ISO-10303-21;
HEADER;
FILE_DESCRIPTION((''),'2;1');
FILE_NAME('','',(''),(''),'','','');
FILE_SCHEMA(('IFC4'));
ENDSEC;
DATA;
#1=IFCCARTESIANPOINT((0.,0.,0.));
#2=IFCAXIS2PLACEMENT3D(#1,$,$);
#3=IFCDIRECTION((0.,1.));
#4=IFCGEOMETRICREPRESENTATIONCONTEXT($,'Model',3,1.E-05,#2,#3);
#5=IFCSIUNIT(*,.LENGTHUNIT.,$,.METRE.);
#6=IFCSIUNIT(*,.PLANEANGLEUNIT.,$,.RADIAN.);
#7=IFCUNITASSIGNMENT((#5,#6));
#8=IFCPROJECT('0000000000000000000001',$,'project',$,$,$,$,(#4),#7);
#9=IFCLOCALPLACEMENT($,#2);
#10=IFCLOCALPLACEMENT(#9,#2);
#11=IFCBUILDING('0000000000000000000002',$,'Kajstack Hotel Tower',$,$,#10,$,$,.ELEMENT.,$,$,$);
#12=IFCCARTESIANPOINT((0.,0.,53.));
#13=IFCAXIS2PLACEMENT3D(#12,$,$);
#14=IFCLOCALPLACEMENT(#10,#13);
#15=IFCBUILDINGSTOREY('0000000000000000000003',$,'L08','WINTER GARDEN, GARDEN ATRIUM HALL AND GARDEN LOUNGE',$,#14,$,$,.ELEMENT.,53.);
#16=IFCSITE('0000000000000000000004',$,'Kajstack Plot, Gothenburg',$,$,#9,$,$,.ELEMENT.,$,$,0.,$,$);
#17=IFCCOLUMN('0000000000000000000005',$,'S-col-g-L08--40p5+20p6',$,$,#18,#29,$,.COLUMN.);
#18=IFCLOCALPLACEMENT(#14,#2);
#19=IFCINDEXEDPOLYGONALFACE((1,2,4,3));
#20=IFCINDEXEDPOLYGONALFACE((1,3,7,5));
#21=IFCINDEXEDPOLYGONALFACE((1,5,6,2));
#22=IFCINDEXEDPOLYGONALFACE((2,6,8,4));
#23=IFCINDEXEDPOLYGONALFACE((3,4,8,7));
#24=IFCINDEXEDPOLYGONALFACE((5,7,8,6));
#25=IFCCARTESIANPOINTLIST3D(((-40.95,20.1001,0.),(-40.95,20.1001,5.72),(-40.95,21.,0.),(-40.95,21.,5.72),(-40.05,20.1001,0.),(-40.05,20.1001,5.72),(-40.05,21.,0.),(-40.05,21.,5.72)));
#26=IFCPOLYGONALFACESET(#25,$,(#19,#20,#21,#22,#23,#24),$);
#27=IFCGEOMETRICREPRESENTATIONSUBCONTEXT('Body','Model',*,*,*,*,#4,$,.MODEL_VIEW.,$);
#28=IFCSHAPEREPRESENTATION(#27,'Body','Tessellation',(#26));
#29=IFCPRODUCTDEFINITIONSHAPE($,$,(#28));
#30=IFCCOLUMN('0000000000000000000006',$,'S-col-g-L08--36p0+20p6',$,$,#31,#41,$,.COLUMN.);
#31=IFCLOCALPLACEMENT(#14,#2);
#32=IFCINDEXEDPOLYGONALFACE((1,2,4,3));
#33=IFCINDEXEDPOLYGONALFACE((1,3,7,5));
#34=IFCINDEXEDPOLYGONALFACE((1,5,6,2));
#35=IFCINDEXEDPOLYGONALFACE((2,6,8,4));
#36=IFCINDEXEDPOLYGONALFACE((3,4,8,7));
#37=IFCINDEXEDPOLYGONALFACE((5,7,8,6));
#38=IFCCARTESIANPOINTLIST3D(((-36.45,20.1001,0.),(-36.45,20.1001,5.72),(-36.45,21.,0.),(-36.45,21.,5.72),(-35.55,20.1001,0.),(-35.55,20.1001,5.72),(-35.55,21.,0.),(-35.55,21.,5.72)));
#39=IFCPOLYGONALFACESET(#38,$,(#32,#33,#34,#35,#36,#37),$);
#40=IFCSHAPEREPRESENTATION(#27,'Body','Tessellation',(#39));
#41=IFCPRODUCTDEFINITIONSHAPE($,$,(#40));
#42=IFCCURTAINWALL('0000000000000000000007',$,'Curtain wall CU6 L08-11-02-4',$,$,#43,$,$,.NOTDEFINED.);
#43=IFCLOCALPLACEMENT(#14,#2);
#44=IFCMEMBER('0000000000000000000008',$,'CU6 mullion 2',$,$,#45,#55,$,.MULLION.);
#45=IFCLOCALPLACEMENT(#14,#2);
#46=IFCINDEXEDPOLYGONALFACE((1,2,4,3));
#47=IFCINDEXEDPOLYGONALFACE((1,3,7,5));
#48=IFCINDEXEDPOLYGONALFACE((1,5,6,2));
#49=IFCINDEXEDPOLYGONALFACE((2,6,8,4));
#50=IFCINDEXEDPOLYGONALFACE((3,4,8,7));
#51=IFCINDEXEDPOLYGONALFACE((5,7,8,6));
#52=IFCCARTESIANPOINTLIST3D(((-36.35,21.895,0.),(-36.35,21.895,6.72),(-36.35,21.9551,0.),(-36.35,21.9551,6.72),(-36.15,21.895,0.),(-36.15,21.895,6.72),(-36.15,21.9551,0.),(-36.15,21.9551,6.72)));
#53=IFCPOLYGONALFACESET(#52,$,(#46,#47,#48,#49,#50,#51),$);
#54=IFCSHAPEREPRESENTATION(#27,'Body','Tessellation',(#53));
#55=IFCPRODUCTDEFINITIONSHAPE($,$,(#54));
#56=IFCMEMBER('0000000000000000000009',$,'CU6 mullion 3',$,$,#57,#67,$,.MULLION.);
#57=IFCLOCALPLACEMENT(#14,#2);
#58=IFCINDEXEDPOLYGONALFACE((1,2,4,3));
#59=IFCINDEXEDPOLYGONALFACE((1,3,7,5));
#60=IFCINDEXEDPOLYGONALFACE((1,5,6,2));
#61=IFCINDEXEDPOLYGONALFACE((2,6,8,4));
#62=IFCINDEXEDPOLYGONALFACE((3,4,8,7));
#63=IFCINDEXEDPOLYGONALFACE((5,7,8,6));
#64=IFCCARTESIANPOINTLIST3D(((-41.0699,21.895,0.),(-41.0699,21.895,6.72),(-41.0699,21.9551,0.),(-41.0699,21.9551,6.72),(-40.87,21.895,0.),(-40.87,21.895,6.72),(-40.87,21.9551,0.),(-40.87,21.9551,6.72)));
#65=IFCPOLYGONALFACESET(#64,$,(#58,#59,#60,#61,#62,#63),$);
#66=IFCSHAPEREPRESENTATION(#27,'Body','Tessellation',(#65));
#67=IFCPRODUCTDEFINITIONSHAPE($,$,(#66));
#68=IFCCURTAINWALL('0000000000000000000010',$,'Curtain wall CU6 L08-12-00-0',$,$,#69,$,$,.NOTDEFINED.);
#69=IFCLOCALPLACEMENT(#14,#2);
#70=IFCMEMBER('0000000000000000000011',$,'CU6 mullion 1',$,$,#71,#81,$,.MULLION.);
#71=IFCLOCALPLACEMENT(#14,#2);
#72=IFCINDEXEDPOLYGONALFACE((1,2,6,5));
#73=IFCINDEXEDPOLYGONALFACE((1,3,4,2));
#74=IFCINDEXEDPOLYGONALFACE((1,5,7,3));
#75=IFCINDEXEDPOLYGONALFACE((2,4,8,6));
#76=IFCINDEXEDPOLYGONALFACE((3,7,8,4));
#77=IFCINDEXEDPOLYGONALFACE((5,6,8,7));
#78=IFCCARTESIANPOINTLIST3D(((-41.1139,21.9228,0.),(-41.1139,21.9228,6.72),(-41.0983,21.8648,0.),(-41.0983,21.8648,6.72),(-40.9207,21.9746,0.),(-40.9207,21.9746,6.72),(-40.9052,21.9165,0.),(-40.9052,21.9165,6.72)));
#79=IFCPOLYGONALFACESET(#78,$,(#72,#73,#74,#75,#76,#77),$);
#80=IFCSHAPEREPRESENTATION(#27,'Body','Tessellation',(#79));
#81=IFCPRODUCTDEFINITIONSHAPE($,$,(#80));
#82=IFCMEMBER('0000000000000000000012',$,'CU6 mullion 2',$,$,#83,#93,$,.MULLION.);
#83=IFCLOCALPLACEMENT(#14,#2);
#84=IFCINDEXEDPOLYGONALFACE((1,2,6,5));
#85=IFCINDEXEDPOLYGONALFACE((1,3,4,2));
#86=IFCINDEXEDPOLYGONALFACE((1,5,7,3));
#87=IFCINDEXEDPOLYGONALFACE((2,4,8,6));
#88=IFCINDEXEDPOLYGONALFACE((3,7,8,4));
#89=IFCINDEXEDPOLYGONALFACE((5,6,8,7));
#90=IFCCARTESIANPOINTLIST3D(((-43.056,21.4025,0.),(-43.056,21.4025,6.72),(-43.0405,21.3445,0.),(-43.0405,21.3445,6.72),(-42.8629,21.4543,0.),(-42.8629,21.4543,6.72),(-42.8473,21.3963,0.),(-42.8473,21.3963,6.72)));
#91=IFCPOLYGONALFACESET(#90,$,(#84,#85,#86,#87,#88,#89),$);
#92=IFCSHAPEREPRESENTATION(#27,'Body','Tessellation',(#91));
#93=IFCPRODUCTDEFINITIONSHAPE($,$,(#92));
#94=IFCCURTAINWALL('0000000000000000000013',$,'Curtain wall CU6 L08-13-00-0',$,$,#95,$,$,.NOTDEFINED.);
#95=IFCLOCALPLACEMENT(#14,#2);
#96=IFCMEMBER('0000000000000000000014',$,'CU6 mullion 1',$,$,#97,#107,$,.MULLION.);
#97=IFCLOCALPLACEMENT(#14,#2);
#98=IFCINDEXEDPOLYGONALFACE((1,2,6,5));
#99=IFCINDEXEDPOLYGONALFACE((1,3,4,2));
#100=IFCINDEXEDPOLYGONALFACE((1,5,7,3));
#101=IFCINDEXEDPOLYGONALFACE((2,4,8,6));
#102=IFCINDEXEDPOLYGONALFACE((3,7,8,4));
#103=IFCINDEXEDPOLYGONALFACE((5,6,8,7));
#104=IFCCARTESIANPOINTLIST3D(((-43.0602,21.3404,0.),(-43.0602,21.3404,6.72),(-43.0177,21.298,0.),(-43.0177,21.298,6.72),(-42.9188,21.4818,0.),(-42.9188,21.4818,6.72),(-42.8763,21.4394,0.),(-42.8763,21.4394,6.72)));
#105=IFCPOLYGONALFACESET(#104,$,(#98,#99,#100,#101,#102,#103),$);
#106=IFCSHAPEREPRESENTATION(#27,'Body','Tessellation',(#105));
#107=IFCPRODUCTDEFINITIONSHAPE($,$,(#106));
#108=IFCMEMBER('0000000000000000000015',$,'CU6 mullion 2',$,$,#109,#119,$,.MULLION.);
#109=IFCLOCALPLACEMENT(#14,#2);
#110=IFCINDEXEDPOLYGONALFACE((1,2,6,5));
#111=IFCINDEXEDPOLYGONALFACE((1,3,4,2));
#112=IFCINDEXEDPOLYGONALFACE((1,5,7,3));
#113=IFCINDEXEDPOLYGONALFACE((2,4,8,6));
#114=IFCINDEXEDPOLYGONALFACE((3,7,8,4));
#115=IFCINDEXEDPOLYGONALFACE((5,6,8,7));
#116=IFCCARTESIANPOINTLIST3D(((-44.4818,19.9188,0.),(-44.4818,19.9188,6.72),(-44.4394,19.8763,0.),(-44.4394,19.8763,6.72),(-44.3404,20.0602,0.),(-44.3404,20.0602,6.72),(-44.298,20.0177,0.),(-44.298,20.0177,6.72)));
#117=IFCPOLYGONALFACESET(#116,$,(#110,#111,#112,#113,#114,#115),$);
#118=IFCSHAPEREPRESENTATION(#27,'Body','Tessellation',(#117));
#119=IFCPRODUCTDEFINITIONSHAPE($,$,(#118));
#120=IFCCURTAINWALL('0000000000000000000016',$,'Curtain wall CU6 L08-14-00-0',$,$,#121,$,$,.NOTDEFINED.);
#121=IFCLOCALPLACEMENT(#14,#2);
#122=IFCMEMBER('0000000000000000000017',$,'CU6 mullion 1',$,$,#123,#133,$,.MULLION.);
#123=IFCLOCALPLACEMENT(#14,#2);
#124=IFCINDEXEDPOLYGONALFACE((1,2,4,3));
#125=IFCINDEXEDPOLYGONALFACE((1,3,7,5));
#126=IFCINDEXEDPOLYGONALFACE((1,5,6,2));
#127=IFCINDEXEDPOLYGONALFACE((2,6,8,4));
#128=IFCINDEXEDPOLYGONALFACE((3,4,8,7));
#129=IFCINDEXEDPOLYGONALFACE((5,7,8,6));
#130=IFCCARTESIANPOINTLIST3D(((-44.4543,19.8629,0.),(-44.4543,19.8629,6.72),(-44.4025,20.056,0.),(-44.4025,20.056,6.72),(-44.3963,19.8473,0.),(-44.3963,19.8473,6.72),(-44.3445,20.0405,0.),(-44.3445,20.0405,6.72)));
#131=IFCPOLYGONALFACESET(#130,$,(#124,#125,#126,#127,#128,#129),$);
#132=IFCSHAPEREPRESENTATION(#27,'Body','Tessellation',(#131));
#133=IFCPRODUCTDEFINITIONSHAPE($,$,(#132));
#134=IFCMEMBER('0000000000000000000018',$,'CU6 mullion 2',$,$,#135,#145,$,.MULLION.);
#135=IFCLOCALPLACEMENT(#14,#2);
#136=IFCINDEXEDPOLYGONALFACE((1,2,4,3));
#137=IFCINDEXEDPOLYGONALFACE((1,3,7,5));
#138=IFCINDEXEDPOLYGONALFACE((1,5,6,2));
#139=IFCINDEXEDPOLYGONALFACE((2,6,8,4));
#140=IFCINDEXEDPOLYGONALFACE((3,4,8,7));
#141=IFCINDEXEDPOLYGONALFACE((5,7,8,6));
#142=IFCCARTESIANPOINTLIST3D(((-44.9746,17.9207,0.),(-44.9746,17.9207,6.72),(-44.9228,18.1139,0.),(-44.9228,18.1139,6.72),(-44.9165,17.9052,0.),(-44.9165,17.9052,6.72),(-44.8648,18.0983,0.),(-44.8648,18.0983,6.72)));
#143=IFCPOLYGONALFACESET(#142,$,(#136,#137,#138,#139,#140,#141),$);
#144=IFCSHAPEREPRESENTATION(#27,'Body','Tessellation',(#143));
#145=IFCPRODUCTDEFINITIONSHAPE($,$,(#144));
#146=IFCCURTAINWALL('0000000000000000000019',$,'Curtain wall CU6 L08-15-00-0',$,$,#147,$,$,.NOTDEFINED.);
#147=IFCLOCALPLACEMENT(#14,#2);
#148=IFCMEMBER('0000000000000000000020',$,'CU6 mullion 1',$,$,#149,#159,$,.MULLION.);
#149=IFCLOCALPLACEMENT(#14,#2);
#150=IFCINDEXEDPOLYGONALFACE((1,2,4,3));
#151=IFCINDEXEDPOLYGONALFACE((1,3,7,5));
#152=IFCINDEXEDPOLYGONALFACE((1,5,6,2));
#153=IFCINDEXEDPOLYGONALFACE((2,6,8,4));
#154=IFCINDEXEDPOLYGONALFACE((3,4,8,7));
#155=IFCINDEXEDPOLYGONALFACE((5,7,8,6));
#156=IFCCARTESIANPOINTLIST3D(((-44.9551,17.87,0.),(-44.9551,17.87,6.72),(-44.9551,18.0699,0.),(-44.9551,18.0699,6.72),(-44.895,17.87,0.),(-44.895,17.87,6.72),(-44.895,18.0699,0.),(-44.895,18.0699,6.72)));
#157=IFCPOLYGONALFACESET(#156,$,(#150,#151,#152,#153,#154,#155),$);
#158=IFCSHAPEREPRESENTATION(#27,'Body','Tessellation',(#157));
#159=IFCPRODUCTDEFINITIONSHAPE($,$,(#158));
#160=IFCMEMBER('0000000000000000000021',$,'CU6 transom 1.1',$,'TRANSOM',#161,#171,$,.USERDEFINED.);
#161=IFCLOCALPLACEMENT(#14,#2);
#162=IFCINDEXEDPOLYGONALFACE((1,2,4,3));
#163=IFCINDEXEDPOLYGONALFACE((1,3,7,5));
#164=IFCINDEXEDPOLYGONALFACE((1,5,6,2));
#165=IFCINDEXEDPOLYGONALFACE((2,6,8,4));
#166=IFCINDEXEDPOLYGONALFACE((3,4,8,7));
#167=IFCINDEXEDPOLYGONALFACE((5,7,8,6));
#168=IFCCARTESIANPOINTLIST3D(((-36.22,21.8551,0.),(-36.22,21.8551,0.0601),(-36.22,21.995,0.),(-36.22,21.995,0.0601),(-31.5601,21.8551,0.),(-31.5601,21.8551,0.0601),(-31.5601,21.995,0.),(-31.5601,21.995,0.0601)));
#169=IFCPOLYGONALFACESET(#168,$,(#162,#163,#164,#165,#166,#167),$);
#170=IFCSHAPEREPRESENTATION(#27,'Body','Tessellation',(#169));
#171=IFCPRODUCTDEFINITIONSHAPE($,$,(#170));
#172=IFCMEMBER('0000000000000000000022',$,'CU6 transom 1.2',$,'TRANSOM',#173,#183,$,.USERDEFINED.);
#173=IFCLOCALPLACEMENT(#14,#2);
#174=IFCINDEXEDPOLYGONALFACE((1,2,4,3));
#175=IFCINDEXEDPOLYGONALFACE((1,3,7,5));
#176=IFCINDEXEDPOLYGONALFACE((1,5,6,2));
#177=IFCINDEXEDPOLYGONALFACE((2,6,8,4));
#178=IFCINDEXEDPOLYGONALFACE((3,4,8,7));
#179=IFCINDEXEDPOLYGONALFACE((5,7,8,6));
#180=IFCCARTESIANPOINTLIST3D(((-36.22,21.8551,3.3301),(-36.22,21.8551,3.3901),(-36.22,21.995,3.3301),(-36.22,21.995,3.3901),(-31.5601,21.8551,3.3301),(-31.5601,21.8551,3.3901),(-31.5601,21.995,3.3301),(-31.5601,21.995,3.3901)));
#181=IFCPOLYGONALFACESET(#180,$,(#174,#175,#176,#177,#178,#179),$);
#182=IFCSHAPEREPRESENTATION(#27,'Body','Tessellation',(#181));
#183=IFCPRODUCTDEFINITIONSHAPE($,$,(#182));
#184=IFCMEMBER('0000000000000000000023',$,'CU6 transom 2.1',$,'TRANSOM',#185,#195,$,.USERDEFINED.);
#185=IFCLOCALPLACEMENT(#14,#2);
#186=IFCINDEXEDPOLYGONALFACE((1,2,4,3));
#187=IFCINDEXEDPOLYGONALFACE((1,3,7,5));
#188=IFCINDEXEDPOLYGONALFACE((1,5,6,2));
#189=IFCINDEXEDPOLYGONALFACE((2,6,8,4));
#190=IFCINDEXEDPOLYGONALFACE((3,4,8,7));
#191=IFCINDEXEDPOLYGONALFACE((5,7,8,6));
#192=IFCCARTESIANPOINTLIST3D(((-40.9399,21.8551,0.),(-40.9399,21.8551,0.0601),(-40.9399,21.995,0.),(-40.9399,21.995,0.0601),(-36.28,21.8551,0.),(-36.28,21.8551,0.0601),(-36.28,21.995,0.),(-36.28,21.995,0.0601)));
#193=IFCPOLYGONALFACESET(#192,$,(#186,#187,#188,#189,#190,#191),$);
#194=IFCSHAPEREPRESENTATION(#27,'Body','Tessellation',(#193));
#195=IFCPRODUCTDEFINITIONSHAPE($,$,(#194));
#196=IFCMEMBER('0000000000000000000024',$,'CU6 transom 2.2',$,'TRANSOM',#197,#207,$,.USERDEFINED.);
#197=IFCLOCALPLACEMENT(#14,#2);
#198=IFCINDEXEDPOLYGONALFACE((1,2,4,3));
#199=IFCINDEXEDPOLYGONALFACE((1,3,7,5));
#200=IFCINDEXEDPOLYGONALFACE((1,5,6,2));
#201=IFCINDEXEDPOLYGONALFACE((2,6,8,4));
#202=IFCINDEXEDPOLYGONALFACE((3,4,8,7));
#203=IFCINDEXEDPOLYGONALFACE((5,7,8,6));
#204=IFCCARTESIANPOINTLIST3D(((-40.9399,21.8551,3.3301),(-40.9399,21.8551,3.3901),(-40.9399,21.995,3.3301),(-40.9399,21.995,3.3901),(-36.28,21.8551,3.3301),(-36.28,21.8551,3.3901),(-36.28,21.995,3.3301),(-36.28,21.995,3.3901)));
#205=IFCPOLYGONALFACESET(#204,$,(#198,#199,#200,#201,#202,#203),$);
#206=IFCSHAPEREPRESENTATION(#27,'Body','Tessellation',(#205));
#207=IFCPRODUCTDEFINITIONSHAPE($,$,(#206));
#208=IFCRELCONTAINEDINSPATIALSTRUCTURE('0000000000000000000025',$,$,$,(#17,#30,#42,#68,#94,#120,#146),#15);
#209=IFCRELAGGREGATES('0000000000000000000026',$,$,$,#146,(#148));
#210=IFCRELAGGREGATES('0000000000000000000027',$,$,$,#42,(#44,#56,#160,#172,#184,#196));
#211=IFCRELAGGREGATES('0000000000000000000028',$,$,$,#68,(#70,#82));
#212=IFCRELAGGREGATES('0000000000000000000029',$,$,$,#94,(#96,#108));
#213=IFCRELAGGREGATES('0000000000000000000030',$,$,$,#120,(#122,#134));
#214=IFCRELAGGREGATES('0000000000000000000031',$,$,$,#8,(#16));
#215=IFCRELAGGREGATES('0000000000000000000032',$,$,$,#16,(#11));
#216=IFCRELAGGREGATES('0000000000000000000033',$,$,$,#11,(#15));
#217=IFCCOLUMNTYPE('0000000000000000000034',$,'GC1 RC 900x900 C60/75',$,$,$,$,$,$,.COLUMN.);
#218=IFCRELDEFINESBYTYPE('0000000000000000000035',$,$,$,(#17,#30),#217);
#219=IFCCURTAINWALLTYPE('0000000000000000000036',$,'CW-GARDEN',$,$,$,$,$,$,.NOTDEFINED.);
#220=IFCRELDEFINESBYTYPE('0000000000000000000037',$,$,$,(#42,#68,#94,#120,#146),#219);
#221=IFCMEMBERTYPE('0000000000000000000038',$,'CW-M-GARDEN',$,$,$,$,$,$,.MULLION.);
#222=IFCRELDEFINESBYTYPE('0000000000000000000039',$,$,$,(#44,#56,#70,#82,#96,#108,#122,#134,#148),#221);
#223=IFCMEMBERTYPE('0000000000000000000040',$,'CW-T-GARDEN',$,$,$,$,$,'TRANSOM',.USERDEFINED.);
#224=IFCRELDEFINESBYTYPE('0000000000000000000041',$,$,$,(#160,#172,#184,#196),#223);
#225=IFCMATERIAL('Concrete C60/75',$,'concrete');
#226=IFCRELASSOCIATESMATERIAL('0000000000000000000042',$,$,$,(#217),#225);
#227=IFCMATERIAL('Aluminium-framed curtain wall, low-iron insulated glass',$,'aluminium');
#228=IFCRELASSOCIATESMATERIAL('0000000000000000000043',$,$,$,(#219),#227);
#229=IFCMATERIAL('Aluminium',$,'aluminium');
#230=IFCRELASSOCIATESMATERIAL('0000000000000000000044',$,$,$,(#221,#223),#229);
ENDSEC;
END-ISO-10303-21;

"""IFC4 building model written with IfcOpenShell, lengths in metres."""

from ifc_helpers import new_model, si_unit, direction, frame, origin, origin_2d, place, context, subcontext, project, spatial, rectangle, extrude, material, material_profile, profile_set, type_object, element, aggregate, save


model = new_model("IFC4")

# Units and contexts
model_context = context("Model", 3, precision=1e-05, world=origin(), true_north=direction((0.0, 1.0)))
body_context = subcontext(model_context, "Body", "Model", "MODEL_VIEW")
ifc_project = project(units=[si_unit("LENGTHUNIT", "METRE"), si_unit("PLANEANGLEUNIT", "RADIAN")], contexts=[model_context])

# Site, building, storey
site_placement = place(None, origin())
site = spatial("IfcSite", under=ifc_project, at=site_placement, Name="Kajstack Plot, Gothenburg", CompositionType="ELEMENT", RefElevation=0.0)
building_placement = place(site_placement, origin())
building = spatial("IfcBuilding", under=site, at=building_placement, Name="Kajstack Hotel Tower", CompositionType="ELEMENT")
storey_placement = place(building_placement, frame((0.0, 0.0, 53.0)))
storey = spatial("IfcBuildingStorey", under=building, at=storey_placement, Name="L08", Description="WINTER GARDEN, GARDEN ATRIUM HALL AND GARDEN LOUNGE", CompositionType="ELEMENT", Elevation=53.0)

# Columns
ifc_material_1 = material(Name="Concrete C60/75", Category="concrete")
ifc_material_profile_1 = material_profile(ifc_material_1, rectangle(XDim=0.8999, YDim=0.8999, at=origin_2d()), Name="RC 900x900")
ifc_profile_set_1 = profile_set([ifc_material_profile_1], Name="Concrete C60/75")
column_type = type_object("IfcColumnType", Name="GC1 RC 900x900 C60/75", PredefinedType="COLUMN", material=ifc_profile_set_1)
for number, where, z_axis, x_axis, name in (
    (1, (-40.5, 20.55, 0.0), (0.0, 0.0, 1.0), (1.0, 0.0, 0.0), "S-col-g-L08--40p5+20p6"),
    (2, (-36.0, 20.55, 0.0), (0.0, 0.0, 1.0), (1.0, 0.0, 0.0), "S-col-g-L08--36p0+20p6"),
):
    element("IfcColumn", number, at=place(storey_placement, frame(where, z_axis=z_axis, x_axis=x_axis)), inside=storey, type_object=column_type, Name=name, PredefinedType="COLUMN", context=body_context, shape_type="SweptSolid", body=[
        extrude(rectangle(XDim=0.8999, YDim=0.8999, at=origin_2d()), origin(), (0.0, 0.0, 1.0), 5.72),
    ])

# Curtain walls, members
ifc_material_2 = material(Name="Aluminium-framed curtain wall, low-iron insulated glass", Category="aluminium")
curtain_wall_type = type_object("IfcCurtainWallType", Name="CW-GARDEN", PredefinedType="NOTDEFINED", material=ifc_material_2)
curtain_wall_1_placement = place(storey_placement, origin())
curtain_wall_1 = element("IfcCurtainWall", 3, at=curtain_wall_1_placement, inside=storey, type_object=curtain_wall_type, Name="Curtain wall CU6 L08-11-02-4", PredefinedType="NOTDEFINED")
ifc_material_3 = material(Name="Aluminium", Category="aluminium")
ifc_material_profile_2 = material_profile(ifc_material_3, rectangle(XDim=0.0601, YDim=0.2, at=origin_2d()), Name="Aluminium mullion 60 x 200")
ifc_profile_set_2 = profile_set([ifc_material_profile_2], Name="Aluminium")
member_type_1 = type_object("IfcMemberType", Name="CW-M-GARDEN", PredefinedType="MULLION", material=ifc_profile_set_2)
member_1_placement = place(storey_placement, frame((-36.25, 21.925, 0.0), z_axis=(0.0, 0.0, 1.0), x_axis=(0.0, -1.0, 0.0)))
member_1 = element("IfcMember", 4, at=member_1_placement, type_object=member_type_1, Name="CU6 mullion 2", PredefinedType="MULLION", context=body_context, shape_type="SweptSolid", body=[
    extrude(rectangle(XDim=0.0601, YDim=0.2, at=origin_2d()), origin(), (0.0, 0.0, 1.0), 6.72),
])
member_2_placement = place(storey_placement, frame((-40.97, 21.925, 0.0), z_axis=(0.0, 0.0, 1.0), x_axis=(0.0, -1.0, 0.0)))
member_2 = element("IfcMember", 5, at=member_2_placement, type_object=member_type_1, Name="CU6 mullion 3", PredefinedType="MULLION", context=body_context, shape_type="SweptSolid", body=[
    extrude(rectangle(XDim=0.0601, YDim=0.2, at=origin_2d()), origin(), (0.0, 0.0, 1.0), 6.72),
])
curtain_wall_2_placement = place(storey_placement, origin())
curtain_wall_2 = element("IfcCurtainWall", 6, at=curtain_wall_2_placement, inside=storey, type_object=curtain_wall_type, Name="Curtain wall CU6 L08-12-00-0", PredefinedType="NOTDEFINED")
member_3_placement = place(storey_placement, frame((-41.0095, 21.9197, 0.0), z_axis=(0.0, 0.0, 1.0), x_axis=(0.25882, -0.965926, 0.0)))
member_3 = element("IfcMember", 7, at=member_3_placement, type_object=member_type_1, Name="CU6 mullion 1", PredefinedType="MULLION", context=body_context, shape_type="SweptSolid", body=[
    extrude(rectangle(XDim=0.0601, YDim=0.2, at=origin_2d()), origin(), (0.0, 0.0, 1.0), 6.72),
])
member_4_placement = place(storey_placement, frame((-42.9517, 21.3994, 0.0), z_axis=(0.0, 0.0, 1.0), x_axis=(0.25882, -0.965926, 0.0)))
member_4 = element("IfcMember", 8, at=member_4_placement, type_object=member_type_1, Name="CU6 mullion 2", PredefinedType="MULLION", context=body_context, shape_type="SweptSolid", body=[
    extrude(rectangle(XDim=0.0601, YDim=0.2, at=origin_2d()), origin(), (0.0, 0.0, 1.0), 6.72),
])
curtain_wall_3_placement = place(storey_placement, origin())
curtain_wall_3 = element("IfcCurtainWall", 9, at=curtain_wall_3_placement, inside=storey, type_object=curtain_wall_type, Name="Curtain wall CU6 L08-13-00-0", PredefinedType="NOTDEFINED")
member_5_placement = place(storey_placement, frame((-42.9683, 21.3899, 0.0), z_axis=(0.0, 0.0, 1.0), x_axis=(0.707107, -0.707107, 0.0)))
member_5 = element("IfcMember", 10, at=member_5_placement, type_object=member_type_1, Name="CU6 mullion 1", PredefinedType="MULLION", context=body_context, shape_type="SweptSolid", body=[
    extrude(rectangle(XDim=0.0601, YDim=0.2, at=origin_2d()), origin(), (0.0, 0.0, 1.0), 6.72),
])
member_6_placement = place(storey_placement, frame((-44.3899, 19.9683, 0.0), z_axis=(0.0, 0.0, 1.0), x_axis=(0.707107, -0.707107, 0.0)))
member_6 = element("IfcMember", 11, at=member_6_placement, type_object=member_type_1, Name="CU6 mullion 2", PredefinedType="MULLION", context=body_context, shape_type="SweptSolid", body=[
    extrude(rectangle(XDim=0.0601, YDim=0.2, at=origin_2d()), origin(), (0.0, 0.0, 1.0), 6.72),
])
curtain_wall_4_placement = place(storey_placement, origin())
curtain_wall_4 = element("IfcCurtainWall", 12, at=curtain_wall_4_placement, inside=storey, type_object=curtain_wall_type, Name="Curtain wall CU6 L08-14-00-0", PredefinedType="NOTDEFINED")
member_7_placement = place(storey_placement, frame((-44.3994, 19.9517, 0.0), z_axis=(0.0, 0.0, 1.0), x_axis=(0.965926, -0.25882, 0.0)))
member_7 = element("IfcMember", 13, at=member_7_placement, type_object=member_type_1, Name="CU6 mullion 1", PredefinedType="MULLION", context=body_context, shape_type="SweptSolid", body=[
    extrude(rectangle(XDim=0.0601, YDim=0.2, at=origin_2d()), origin(), (0.0, 0.0, 1.0), 6.72),
])
member_8_placement = place(storey_placement, frame((-44.9197, 18.0095, 0.0), z_axis=(0.0, 0.0, 1.0), x_axis=(0.965926, -0.25882, 0.0)))
member_8 = element("IfcMember", 14, at=member_8_placement, type_object=member_type_1, Name="CU6 mullion 2", PredefinedType="MULLION", context=body_context, shape_type="SweptSolid", body=[
    extrude(rectangle(XDim=0.0601, YDim=0.2, at=origin_2d()), origin(), (0.0, 0.0, 1.0), 6.72),
])

# Curtain wall, member
curtain_wall_5_placement = place(storey_placement, origin())
curtain_wall_5 = element("IfcCurtainWall", 15, at=curtain_wall_5_placement, inside=storey, type_object=curtain_wall_type, Name="Curtain wall CU6 L08-15-00-0", PredefinedType="NOTDEFINED")
member_9_placement = place(storey_placement, frame((-44.925, 17.97, 0.0), z_axis=(0.0, 0.0, 1.0), x_axis=(1.0, 0.0, 0.0)))
member_9 = element("IfcMember", 16, at=member_9_placement, type_object=member_type_1, Name="CU6 mullion 1", PredefinedType="MULLION", context=body_context, shape_type="SweptSolid", body=[
    extrude(rectangle(XDim=0.0601, YDim=0.2, at=origin_2d()), origin(), (0.0, 0.0, 1.0), 6.72),
])
aggregate(curtain_wall_5, [member_9])

# Members
ifc_material_profile_3 = material_profile(ifc_material_3, rectangle(XDim=0.1399, YDim=0.0601, at=origin_2d()), Name="Aluminium transom 140 x 60")
ifc_profile_set_3 = profile_set([ifc_material_profile_3], Name="Aluminium")
member_type_2 = type_object("IfcMemberType", Name="CW-T-GARDEN", ElementType="TRANSOM", PredefinedType="USERDEFINED", material=ifc_profile_set_3)
member_10_placement = place(storey_placement, frame((-31.5601, 21.925, 0.03), z_axis=(-1.0, 0.0, 0.0), x_axis=(0.0, -1.0, 0.0)))
member_10 = element("IfcMember", 17, at=member_10_placement, type_object=member_type_2, Name="CU6 transom 1.1", ObjectType="TRANSOM", PredefinedType="USERDEFINED", context=body_context, shape_type="SweptSolid", body=[
    extrude(rectangle(XDim=0.1399, YDim=0.0601, at=origin_2d()), origin(), (0.0, 0.0, 1.0), 4.6599),
])
member_11_placement = place(storey_placement, frame((-31.5601, 21.925, 3.3601), z_axis=(-1.0, 0.0, 0.0), x_axis=(0.0, -1.0, 0.0)))
member_11 = element("IfcMember", 18, at=member_11_placement, type_object=member_type_2, Name="CU6 transom 1.2", ObjectType="TRANSOM", PredefinedType="USERDEFINED", context=body_context, shape_type="SweptSolid", body=[
    extrude(rectangle(XDim=0.1399, YDim=0.0601, at=origin_2d()), origin(), (0.0, 0.0, 1.0), 4.6599),
])
member_12_placement = place(storey_placement, frame((-36.28, 21.925, 0.03), z_axis=(-1.0, 0.0, 0.0), x_axis=(0.0, -1.0, 0.0)))
member_12 = element("IfcMember", 19, at=member_12_placement, type_object=member_type_2, Name="CU6 transom 2.1", ObjectType="TRANSOM", PredefinedType="USERDEFINED", context=body_context, shape_type="SweptSolid", body=[
    extrude(rectangle(XDim=0.1399, YDim=0.0601, at=origin_2d()), origin(), (0.0, 0.0, 1.0), 4.6599),
])
member_13_placement = place(storey_placement, frame((-36.28, 21.925, 3.3601), z_axis=(-1.0, 0.0, 0.0), x_axis=(0.0, -1.0, 0.0)))
member_13 = element("IfcMember", 20, at=member_13_placement, type_object=member_type_2, Name="CU6 transom 2.2", ObjectType="TRANSOM", PredefinedType="USERDEFINED", context=body_context, shape_type="SweptSolid", body=[
    extrude(rectangle(XDim=0.1399, YDim=0.0601, at=origin_2d()), origin(), (0.0, 0.0, 1.0), 4.6599),
])

aggregate(curtain_wall_1, [member_1, member_2, member_10, member_11, member_12, member_13])
aggregate(curtain_wall_2, [member_3, member_4])
aggregate(curtain_wall_3, [member_5, member_6])
aggregate(curtain_wall_4, [member_7, member_8])

save(model, "model.ifc")
